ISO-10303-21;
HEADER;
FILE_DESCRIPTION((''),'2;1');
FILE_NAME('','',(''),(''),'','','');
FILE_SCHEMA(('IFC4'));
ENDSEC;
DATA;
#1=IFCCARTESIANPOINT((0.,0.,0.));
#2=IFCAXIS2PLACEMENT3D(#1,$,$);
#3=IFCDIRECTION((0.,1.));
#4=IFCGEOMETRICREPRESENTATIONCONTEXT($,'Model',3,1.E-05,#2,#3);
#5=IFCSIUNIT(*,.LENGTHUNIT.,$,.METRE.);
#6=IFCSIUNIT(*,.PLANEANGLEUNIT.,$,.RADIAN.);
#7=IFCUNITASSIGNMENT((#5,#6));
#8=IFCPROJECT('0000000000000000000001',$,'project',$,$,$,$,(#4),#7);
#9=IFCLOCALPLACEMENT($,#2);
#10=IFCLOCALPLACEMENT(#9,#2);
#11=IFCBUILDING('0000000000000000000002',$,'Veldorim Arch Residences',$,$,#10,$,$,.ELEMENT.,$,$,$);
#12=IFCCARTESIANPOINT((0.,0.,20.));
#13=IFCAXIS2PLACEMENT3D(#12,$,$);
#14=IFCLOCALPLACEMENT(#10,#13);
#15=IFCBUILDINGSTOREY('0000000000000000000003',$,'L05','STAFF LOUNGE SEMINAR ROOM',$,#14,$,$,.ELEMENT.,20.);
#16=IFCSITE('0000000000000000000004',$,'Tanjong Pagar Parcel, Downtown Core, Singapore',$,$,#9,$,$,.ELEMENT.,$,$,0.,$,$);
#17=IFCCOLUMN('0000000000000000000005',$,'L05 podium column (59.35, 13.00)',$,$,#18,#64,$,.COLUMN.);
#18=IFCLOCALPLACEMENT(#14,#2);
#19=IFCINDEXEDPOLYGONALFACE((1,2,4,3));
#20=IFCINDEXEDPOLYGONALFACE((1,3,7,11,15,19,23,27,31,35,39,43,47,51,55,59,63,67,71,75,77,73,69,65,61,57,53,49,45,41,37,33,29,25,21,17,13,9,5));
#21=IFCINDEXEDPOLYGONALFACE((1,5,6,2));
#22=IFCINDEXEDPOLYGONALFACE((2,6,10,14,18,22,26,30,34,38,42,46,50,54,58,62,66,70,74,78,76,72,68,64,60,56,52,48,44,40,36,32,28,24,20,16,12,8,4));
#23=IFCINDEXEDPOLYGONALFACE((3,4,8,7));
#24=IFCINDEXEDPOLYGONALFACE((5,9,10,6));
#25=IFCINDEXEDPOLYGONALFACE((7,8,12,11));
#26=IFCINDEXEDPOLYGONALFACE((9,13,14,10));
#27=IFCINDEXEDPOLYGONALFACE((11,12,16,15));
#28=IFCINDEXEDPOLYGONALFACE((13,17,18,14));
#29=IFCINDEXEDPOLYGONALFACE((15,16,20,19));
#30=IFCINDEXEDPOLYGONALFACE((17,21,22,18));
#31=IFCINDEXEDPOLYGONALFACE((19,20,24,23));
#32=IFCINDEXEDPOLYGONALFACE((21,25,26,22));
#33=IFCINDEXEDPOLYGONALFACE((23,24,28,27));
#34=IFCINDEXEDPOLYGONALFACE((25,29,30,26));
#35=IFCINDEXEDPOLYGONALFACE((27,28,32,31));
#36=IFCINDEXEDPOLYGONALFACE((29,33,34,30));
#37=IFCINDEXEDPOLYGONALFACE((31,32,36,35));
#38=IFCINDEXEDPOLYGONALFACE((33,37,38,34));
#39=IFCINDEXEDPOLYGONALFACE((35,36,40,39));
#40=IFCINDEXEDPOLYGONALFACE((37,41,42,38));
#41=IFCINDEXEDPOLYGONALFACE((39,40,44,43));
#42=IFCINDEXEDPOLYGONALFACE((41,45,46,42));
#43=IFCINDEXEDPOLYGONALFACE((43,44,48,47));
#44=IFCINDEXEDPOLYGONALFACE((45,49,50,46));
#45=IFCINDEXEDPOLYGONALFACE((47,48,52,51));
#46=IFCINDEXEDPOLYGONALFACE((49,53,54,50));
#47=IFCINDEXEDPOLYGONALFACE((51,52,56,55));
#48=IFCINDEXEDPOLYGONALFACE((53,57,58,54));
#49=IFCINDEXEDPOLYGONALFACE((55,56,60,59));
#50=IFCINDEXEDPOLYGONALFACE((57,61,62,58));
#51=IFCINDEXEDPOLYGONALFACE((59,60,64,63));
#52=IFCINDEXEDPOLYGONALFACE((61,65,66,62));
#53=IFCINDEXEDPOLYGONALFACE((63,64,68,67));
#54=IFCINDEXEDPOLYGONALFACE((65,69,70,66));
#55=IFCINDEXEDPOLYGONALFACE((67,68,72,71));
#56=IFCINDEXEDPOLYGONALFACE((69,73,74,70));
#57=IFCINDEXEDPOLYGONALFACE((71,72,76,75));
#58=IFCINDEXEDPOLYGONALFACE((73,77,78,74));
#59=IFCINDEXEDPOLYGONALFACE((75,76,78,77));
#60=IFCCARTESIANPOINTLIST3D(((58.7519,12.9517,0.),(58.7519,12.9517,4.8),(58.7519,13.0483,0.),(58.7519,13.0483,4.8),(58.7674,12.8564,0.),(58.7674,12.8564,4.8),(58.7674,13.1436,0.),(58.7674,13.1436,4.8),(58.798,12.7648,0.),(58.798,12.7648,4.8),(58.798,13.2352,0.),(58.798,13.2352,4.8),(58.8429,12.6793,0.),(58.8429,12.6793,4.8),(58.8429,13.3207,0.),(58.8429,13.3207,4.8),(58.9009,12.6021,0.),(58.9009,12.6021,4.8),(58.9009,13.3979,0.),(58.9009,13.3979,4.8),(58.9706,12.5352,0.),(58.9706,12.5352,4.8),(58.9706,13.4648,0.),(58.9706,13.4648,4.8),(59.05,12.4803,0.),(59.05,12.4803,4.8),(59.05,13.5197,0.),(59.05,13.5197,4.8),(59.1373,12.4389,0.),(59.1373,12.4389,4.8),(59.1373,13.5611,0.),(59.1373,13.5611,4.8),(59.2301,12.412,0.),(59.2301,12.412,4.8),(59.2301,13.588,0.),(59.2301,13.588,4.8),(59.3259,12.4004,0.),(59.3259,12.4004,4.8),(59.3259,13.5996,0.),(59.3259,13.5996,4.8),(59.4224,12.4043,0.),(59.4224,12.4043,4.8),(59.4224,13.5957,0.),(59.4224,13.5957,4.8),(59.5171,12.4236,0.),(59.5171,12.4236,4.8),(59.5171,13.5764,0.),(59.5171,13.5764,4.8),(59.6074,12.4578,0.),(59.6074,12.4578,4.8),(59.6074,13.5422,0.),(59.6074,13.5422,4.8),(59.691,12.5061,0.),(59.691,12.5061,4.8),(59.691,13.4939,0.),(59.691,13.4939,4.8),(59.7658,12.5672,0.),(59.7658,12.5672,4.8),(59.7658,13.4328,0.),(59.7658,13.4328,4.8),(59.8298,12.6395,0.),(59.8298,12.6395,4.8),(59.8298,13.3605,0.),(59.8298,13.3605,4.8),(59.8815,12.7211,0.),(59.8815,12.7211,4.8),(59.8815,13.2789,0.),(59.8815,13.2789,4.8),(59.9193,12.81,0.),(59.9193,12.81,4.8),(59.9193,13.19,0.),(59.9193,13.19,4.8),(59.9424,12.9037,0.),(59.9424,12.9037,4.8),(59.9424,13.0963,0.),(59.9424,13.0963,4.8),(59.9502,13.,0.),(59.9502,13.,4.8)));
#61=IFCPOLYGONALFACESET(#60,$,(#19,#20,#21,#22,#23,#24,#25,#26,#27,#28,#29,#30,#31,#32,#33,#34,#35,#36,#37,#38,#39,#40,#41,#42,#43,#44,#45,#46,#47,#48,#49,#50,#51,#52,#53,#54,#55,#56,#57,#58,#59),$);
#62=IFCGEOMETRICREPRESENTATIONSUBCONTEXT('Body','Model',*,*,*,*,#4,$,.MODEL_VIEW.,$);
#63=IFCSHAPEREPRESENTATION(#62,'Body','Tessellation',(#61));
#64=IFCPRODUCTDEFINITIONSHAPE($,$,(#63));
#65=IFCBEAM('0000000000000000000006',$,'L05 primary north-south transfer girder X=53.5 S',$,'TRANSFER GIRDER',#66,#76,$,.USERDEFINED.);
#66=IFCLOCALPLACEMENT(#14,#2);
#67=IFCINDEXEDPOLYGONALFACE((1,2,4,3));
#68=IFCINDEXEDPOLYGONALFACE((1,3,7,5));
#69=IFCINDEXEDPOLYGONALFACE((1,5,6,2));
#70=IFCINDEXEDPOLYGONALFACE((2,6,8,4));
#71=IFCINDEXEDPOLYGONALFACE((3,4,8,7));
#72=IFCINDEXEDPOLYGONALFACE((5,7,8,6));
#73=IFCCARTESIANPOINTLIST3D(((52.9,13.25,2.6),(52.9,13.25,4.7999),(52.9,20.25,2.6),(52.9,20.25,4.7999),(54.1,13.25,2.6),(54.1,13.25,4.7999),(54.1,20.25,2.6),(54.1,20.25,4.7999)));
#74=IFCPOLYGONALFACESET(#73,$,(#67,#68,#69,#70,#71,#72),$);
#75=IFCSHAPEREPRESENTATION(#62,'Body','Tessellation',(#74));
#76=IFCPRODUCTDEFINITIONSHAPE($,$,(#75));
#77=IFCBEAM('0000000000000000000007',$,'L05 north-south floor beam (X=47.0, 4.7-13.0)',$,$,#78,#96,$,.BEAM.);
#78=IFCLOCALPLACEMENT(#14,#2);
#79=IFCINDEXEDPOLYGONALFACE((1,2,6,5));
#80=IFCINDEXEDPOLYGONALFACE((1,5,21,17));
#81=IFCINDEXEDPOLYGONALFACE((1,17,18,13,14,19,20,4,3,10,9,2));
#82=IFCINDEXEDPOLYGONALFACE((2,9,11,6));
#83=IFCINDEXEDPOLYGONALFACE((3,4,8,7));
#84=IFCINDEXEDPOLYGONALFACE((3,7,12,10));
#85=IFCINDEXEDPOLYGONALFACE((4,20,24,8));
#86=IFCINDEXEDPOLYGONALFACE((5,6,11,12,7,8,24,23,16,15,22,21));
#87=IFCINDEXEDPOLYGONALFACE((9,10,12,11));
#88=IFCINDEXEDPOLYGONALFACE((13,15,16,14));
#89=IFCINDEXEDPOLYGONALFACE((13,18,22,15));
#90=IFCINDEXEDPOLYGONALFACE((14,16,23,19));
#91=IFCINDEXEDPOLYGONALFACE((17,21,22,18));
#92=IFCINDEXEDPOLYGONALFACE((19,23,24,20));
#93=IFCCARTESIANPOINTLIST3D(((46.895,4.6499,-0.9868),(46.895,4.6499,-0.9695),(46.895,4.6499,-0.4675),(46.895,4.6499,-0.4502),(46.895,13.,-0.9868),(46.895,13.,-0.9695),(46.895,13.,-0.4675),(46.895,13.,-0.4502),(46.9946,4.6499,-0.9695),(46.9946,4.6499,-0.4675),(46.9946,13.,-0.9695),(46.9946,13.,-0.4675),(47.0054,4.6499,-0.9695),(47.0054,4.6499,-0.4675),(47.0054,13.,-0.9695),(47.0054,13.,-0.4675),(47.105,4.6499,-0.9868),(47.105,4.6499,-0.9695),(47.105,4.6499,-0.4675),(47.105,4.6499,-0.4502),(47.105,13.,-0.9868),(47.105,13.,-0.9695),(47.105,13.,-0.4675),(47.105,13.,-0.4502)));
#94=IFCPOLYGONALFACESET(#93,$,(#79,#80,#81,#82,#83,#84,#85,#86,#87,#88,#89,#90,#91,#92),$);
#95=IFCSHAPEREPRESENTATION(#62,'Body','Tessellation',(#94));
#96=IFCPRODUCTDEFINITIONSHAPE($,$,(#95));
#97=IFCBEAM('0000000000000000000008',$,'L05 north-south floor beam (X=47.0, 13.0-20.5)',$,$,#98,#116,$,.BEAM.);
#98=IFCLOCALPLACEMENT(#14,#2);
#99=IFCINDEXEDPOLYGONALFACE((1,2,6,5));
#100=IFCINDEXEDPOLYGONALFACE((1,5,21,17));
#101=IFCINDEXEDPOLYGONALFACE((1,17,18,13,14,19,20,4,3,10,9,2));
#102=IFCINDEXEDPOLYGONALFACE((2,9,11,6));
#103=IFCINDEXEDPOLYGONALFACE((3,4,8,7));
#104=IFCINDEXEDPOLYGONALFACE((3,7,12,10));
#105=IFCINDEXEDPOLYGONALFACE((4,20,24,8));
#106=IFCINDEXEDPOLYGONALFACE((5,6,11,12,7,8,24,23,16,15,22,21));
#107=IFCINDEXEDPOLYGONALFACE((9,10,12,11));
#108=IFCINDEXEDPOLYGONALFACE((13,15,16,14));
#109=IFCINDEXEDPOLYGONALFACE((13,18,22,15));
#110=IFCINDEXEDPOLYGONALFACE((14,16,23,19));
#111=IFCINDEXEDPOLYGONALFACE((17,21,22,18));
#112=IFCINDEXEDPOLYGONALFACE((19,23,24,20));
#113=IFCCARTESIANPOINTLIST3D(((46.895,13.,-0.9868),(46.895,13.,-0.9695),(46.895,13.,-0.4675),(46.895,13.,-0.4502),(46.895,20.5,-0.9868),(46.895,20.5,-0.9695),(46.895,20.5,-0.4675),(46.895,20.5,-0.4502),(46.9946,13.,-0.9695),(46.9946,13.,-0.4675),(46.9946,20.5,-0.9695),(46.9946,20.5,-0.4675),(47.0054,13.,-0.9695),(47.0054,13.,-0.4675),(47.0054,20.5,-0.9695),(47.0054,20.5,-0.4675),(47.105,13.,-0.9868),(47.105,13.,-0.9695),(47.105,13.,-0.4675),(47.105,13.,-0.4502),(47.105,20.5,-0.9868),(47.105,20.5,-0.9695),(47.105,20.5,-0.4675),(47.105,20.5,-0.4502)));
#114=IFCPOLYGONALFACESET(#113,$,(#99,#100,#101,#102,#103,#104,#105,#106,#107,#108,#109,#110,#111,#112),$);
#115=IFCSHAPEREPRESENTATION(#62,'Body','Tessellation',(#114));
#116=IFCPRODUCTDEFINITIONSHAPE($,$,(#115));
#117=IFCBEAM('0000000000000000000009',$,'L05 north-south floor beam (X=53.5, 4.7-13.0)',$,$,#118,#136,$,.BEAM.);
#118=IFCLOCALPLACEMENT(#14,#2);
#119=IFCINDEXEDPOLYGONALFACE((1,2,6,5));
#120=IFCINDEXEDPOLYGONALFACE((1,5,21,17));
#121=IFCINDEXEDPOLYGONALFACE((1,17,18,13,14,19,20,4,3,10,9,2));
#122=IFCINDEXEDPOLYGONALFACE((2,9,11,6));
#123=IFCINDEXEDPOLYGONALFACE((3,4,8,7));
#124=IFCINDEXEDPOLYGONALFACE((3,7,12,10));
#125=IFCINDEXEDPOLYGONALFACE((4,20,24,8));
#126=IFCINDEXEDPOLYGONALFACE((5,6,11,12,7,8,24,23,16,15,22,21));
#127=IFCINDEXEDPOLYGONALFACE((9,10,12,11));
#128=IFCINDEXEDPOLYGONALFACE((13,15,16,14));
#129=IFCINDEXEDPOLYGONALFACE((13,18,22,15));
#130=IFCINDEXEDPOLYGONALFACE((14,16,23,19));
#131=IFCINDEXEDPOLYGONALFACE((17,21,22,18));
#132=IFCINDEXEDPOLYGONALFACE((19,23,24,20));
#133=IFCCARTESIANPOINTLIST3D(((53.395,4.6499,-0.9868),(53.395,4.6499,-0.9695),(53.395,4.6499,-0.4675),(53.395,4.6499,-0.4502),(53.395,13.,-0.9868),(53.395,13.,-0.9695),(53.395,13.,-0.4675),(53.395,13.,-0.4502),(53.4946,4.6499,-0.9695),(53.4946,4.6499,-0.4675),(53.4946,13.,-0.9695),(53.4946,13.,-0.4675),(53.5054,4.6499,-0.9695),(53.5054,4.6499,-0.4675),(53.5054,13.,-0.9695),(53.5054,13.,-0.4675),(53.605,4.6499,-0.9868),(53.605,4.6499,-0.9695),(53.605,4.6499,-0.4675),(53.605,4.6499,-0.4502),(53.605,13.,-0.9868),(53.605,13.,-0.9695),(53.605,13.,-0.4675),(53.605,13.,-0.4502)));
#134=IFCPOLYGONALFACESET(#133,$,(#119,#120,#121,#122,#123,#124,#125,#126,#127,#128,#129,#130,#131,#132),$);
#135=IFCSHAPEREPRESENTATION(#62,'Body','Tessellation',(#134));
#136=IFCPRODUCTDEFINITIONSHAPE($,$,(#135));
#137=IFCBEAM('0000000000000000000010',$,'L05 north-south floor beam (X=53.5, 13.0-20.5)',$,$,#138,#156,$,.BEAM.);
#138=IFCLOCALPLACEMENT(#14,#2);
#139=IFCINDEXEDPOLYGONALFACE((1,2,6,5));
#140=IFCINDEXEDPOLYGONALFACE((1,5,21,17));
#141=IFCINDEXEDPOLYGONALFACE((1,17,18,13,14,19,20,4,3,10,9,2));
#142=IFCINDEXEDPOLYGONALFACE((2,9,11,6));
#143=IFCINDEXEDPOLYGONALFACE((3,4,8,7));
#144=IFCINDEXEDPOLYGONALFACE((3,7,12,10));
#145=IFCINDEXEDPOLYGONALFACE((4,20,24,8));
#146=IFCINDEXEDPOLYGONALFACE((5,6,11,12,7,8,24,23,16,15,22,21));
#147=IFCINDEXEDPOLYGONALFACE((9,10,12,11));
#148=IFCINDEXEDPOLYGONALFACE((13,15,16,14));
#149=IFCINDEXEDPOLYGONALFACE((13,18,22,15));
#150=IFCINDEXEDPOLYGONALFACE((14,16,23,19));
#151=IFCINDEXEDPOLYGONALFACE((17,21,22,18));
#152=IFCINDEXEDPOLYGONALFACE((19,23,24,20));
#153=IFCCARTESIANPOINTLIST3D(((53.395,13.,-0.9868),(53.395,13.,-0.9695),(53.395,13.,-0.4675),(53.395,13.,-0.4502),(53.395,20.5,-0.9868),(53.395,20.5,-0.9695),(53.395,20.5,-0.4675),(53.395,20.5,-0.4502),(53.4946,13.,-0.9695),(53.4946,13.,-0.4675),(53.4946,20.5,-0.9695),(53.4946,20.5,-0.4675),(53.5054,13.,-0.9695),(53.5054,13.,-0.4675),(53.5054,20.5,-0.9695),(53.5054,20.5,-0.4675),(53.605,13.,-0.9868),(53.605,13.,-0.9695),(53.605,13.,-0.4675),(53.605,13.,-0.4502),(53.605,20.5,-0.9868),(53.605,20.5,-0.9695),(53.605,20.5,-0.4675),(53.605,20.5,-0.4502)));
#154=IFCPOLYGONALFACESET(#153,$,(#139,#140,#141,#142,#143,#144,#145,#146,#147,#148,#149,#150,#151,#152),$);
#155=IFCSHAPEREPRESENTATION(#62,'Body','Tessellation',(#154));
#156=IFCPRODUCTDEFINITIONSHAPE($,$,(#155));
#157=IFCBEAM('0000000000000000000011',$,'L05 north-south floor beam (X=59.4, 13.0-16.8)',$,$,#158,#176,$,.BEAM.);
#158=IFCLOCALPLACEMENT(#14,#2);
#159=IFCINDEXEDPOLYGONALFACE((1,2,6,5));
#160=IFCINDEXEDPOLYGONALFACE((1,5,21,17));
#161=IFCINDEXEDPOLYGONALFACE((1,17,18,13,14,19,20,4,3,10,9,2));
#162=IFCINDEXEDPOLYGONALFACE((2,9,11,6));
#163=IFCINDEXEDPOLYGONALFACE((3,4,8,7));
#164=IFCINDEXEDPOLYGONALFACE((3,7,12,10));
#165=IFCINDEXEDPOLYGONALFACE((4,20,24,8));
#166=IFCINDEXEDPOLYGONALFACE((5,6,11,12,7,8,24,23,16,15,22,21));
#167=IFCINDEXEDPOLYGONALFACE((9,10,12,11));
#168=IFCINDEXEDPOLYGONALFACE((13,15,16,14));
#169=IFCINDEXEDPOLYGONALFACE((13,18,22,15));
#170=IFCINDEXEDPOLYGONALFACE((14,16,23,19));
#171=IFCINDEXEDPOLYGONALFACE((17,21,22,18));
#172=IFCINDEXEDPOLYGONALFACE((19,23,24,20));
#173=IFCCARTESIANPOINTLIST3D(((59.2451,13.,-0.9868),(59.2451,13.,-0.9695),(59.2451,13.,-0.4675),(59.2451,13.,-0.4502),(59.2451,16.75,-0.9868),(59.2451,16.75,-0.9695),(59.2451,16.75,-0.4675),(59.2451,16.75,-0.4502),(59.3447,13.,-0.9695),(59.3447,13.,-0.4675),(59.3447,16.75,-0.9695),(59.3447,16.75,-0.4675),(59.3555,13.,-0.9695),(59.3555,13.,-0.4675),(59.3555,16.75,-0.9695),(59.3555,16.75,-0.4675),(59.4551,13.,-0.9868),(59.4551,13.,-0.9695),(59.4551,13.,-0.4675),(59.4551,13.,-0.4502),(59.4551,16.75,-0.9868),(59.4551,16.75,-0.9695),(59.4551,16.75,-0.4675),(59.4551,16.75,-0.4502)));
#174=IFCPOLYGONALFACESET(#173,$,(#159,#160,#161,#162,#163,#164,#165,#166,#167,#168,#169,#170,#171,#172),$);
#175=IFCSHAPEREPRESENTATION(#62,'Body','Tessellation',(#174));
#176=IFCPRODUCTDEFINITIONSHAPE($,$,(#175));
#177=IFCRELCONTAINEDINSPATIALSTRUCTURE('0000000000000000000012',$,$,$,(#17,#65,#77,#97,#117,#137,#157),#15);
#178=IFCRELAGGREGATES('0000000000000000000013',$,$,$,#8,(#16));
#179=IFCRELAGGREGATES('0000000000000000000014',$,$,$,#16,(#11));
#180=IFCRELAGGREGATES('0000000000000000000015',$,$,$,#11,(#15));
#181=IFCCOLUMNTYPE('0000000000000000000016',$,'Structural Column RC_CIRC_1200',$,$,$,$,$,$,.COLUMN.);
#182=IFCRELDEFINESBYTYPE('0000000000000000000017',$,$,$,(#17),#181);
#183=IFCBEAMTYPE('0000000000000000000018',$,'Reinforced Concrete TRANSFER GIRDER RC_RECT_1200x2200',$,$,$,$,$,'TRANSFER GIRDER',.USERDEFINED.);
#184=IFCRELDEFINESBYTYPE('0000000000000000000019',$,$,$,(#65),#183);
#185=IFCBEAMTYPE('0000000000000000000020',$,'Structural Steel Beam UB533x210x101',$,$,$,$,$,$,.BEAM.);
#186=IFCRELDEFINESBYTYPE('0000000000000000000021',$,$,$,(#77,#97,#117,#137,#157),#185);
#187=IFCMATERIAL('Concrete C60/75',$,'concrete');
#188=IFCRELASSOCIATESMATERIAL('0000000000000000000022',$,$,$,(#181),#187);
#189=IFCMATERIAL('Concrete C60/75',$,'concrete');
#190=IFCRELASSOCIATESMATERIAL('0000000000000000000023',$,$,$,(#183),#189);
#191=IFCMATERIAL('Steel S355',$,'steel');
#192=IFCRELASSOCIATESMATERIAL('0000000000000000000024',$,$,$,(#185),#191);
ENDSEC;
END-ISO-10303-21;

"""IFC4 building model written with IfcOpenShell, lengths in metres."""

from ifc_helpers import new_model, si_unit, direction, frame, origin, origin_2d, place, context, subcontext, project, spatial, rectangle, circle, i_section, extrude, material, material_profile, profile_set, type_object, element, save


model = new_model("IFC4")

# Units and contexts
model_context = context("Model", 3, precision=1e-05, world=origin(), true_north=direction((0.0, 1.0)))
body_context = subcontext(model_context, "Body", "Model", "MODEL_VIEW")
ifc_project = project(units=[si_unit("LENGTHUNIT", "METRE"), si_unit("PLANEANGLEUNIT", "RADIAN")], contexts=[model_context])

# Site, building, storey
site_placement = place(None, origin())
site = spatial("IfcSite", under=ifc_project, at=site_placement, Name="Tanjong Pagar Parcel, Downtown Core, Singapore", CompositionType="ELEMENT", RefElevation=0.0)
building_placement = place(site_placement, origin())
building = spatial("IfcBuilding", under=site, at=building_placement, Name="Veldorim Arch Residences", CompositionType="ELEMENT")
storey_placement = place(building_placement, frame((0.0, 0.0, 20.0)))
storey = spatial("IfcBuildingStorey", under=building, at=storey_placement, Name="L05", Description="STAFF LOUNGE SEMINAR ROOM", CompositionType="ELEMENT", Elevation=20.0)

# Column
ifc_material_1 = material(Name="Concrete C60/75", Category="concrete")
ifc_material_profile_1 = material_profile(ifc_material_1, circle(Radius=0.6001, at=origin_2d()), Name="RC_CIRC_1200")
ifc_profile_set_1 = profile_set([ifc_material_profile_1], Name="Concrete C60/75")
column_type = type_object("IfcColumnType", Name="Structural Column RC_CIRC_1200", PredefinedType="COLUMN", material=ifc_profile_set_1)
for number, where, z_axis, x_axis, name in (
    (1, (59.3501, 13.0, 0.0), (0.0, 0.0, 1.0), (1.0, 0.0, 0.0), "L05 podium column (59.35, 13.00)"),
):
    element("IfcColumn", number, at=place(storey_placement, frame(where, z_axis=z_axis, x_axis=x_axis)), inside=storey, type_object=column_type, Name=name, PredefinedType="COLUMN", context=body_context, shape_type="SweptSolid", body=[
        extrude(circle(Radius=0.6001, at=origin_2d()), origin(), (0.0, 0.0, 1.0), 4.8),
    ])

# Beams
ifc_material_2 = material(Name="Concrete C60/75", Category="concrete")
ifc_material_profile_2 = material_profile(ifc_material_2, rectangle(XDim=1.2, YDim=2.2, at=origin_2d()), Name="RC_RECT_1200x2200")
ifc_profile_set_2 = profile_set([ifc_material_profile_2], Name="Concrete C60/75")
beam_type_1 = type_object("IfcBeamType", Name="Reinforced Concrete TRANSFER GIRDER RC_RECT_1200x2200", ElementType="TRANSFER GIRDER", PredefinedType="USERDEFINED", material=ifc_profile_set_2)
beam_1_placement = place(storey_placement, frame((53.5, 13.25, 3.7), z_axis=(0.0, 1.0, 0.0), x_axis=(-1.0, 0.0, 0.0)))
element("IfcBeam", 2, at=beam_1_placement, inside=storey, type_object=beam_type_1, Name="L05 primary north-south transfer girder X=53.5 S", ObjectType="TRANSFER GIRDER", PredefinedType="USERDEFINED", context=body_context, shape_type="SweptSolid", body=[
    extrude(rectangle(XDim=1.2, YDim=2.2, at=origin_2d()), origin(), (0.0, 0.0, 1.0), 7.0),
])
ifc_material_3 = material(Name="Steel S355", Category="steel")
ifc_material_profile_3 = material_profile(ifc_material_3, i_section(OverallWidth=0.21, OverallDepth=0.5366, WebThickness=0.0107, FlangeThickness=0.0173, at=origin_2d()), Name="UB533x210x101")
ifc_profile_set_3 = profile_set([ifc_material_profile_3], Name="Steel S355")
beam_type_2 = type_object("IfcBeamType", Name="Structural Steel Beam UB533x210x101", PredefinedType="BEAM", material=ifc_profile_set_3)
beam_2_placement = place(storey_placement, frame((47.0, 4.6499, -0.7185), z_axis=(0.0, 1.0, 0.0), x_axis=(-1.0, 0.0, 0.0)))
element("IfcBeam", 3, at=beam_2_placement, inside=storey, type_object=beam_type_2, Name="L05 north-south floor beam (X=47.0, 4.7-13.0)", PredefinedType="BEAM", context=body_context, shape_type="SweptSolid", body=[
    extrude(i_section(OverallWidth=0.21, OverallDepth=0.5366, WebThickness=0.0107, FlangeThickness=0.0173, at=origin_2d()), origin(), (0.0, 0.0, 1.0), 8.3501),
])
beam_3_placement = place(storey_placement, frame((47.0, 13.0, -0.7185), z_axis=(0.0, 1.0, 0.0), x_axis=(-1.0, 0.0, 0.0)))
element("IfcBeam", 4, at=beam_3_placement, inside=storey, type_object=beam_type_2, Name="L05 north-south floor beam (X=47.0, 13.0-20.5)", PredefinedType="BEAM", context=body_context, shape_type="SweptSolid", body=[
    extrude(i_section(OverallWidth=0.21, OverallDepth=0.5366, WebThickness=0.0107, FlangeThickness=0.0173, at=origin_2d()), origin(), (0.0, 0.0, 1.0), 7.5),
])
beam_4_placement = place(storey_placement, frame((53.5, 4.6499, -0.7185), z_axis=(0.0, 1.0, 0.0), x_axis=(-1.0, 0.0, 0.0)))
element("IfcBeam", 5, at=beam_4_placement, inside=storey, type_object=beam_type_2, Name="L05 north-south floor beam (X=53.5, 4.7-13.0)", PredefinedType="BEAM", context=body_context, shape_type="SweptSolid", body=[
    extrude(i_section(OverallWidth=0.21, OverallDepth=0.5366, WebThickness=0.0107, FlangeThickness=0.0173, at=origin_2d()), origin(), (0.0, 0.0, 1.0), 8.3501),
])
beam_5_placement = place(storey_placement, frame((53.5, 13.0, -0.7185), z_axis=(0.0, 1.0, 0.0), x_axis=(-1.0, 0.0, 0.0)))
element("IfcBeam", 6, at=beam_5_placement, inside=storey, type_object=beam_type_2, Name="L05 north-south floor beam (X=53.5, 13.0-20.5)", PredefinedType="BEAM", context=body_context, shape_type="SweptSolid", body=[
    extrude(i_section(OverallWidth=0.21, OverallDepth=0.5366, WebThickness=0.0107, FlangeThickness=0.0173, at=origin_2d()), origin(), (0.0, 0.0, 1.0), 7.5),
])
beam_6_placement = place(storey_placement, frame((59.3501, 13.0, -0.7185), z_axis=(0.0, 1.0, 0.0), x_axis=(-1.0, 0.0, 0.0)))
element("IfcBeam", 7, at=beam_6_placement, inside=storey, type_object=beam_type_2, Name="L05 north-south floor beam (X=59.4, 13.0-16.8)", PredefinedType="BEAM", context=body_context, shape_type="SweptSolid", body=[
    extrude(i_section(OverallWidth=0.21, OverallDepth=0.5366, WebThickness=0.0107, FlangeThickness=0.0173, at=origin_2d()), origin(), (0.0, 0.0, 1.0), 3.75),
])

save(model, "model.ifc")
